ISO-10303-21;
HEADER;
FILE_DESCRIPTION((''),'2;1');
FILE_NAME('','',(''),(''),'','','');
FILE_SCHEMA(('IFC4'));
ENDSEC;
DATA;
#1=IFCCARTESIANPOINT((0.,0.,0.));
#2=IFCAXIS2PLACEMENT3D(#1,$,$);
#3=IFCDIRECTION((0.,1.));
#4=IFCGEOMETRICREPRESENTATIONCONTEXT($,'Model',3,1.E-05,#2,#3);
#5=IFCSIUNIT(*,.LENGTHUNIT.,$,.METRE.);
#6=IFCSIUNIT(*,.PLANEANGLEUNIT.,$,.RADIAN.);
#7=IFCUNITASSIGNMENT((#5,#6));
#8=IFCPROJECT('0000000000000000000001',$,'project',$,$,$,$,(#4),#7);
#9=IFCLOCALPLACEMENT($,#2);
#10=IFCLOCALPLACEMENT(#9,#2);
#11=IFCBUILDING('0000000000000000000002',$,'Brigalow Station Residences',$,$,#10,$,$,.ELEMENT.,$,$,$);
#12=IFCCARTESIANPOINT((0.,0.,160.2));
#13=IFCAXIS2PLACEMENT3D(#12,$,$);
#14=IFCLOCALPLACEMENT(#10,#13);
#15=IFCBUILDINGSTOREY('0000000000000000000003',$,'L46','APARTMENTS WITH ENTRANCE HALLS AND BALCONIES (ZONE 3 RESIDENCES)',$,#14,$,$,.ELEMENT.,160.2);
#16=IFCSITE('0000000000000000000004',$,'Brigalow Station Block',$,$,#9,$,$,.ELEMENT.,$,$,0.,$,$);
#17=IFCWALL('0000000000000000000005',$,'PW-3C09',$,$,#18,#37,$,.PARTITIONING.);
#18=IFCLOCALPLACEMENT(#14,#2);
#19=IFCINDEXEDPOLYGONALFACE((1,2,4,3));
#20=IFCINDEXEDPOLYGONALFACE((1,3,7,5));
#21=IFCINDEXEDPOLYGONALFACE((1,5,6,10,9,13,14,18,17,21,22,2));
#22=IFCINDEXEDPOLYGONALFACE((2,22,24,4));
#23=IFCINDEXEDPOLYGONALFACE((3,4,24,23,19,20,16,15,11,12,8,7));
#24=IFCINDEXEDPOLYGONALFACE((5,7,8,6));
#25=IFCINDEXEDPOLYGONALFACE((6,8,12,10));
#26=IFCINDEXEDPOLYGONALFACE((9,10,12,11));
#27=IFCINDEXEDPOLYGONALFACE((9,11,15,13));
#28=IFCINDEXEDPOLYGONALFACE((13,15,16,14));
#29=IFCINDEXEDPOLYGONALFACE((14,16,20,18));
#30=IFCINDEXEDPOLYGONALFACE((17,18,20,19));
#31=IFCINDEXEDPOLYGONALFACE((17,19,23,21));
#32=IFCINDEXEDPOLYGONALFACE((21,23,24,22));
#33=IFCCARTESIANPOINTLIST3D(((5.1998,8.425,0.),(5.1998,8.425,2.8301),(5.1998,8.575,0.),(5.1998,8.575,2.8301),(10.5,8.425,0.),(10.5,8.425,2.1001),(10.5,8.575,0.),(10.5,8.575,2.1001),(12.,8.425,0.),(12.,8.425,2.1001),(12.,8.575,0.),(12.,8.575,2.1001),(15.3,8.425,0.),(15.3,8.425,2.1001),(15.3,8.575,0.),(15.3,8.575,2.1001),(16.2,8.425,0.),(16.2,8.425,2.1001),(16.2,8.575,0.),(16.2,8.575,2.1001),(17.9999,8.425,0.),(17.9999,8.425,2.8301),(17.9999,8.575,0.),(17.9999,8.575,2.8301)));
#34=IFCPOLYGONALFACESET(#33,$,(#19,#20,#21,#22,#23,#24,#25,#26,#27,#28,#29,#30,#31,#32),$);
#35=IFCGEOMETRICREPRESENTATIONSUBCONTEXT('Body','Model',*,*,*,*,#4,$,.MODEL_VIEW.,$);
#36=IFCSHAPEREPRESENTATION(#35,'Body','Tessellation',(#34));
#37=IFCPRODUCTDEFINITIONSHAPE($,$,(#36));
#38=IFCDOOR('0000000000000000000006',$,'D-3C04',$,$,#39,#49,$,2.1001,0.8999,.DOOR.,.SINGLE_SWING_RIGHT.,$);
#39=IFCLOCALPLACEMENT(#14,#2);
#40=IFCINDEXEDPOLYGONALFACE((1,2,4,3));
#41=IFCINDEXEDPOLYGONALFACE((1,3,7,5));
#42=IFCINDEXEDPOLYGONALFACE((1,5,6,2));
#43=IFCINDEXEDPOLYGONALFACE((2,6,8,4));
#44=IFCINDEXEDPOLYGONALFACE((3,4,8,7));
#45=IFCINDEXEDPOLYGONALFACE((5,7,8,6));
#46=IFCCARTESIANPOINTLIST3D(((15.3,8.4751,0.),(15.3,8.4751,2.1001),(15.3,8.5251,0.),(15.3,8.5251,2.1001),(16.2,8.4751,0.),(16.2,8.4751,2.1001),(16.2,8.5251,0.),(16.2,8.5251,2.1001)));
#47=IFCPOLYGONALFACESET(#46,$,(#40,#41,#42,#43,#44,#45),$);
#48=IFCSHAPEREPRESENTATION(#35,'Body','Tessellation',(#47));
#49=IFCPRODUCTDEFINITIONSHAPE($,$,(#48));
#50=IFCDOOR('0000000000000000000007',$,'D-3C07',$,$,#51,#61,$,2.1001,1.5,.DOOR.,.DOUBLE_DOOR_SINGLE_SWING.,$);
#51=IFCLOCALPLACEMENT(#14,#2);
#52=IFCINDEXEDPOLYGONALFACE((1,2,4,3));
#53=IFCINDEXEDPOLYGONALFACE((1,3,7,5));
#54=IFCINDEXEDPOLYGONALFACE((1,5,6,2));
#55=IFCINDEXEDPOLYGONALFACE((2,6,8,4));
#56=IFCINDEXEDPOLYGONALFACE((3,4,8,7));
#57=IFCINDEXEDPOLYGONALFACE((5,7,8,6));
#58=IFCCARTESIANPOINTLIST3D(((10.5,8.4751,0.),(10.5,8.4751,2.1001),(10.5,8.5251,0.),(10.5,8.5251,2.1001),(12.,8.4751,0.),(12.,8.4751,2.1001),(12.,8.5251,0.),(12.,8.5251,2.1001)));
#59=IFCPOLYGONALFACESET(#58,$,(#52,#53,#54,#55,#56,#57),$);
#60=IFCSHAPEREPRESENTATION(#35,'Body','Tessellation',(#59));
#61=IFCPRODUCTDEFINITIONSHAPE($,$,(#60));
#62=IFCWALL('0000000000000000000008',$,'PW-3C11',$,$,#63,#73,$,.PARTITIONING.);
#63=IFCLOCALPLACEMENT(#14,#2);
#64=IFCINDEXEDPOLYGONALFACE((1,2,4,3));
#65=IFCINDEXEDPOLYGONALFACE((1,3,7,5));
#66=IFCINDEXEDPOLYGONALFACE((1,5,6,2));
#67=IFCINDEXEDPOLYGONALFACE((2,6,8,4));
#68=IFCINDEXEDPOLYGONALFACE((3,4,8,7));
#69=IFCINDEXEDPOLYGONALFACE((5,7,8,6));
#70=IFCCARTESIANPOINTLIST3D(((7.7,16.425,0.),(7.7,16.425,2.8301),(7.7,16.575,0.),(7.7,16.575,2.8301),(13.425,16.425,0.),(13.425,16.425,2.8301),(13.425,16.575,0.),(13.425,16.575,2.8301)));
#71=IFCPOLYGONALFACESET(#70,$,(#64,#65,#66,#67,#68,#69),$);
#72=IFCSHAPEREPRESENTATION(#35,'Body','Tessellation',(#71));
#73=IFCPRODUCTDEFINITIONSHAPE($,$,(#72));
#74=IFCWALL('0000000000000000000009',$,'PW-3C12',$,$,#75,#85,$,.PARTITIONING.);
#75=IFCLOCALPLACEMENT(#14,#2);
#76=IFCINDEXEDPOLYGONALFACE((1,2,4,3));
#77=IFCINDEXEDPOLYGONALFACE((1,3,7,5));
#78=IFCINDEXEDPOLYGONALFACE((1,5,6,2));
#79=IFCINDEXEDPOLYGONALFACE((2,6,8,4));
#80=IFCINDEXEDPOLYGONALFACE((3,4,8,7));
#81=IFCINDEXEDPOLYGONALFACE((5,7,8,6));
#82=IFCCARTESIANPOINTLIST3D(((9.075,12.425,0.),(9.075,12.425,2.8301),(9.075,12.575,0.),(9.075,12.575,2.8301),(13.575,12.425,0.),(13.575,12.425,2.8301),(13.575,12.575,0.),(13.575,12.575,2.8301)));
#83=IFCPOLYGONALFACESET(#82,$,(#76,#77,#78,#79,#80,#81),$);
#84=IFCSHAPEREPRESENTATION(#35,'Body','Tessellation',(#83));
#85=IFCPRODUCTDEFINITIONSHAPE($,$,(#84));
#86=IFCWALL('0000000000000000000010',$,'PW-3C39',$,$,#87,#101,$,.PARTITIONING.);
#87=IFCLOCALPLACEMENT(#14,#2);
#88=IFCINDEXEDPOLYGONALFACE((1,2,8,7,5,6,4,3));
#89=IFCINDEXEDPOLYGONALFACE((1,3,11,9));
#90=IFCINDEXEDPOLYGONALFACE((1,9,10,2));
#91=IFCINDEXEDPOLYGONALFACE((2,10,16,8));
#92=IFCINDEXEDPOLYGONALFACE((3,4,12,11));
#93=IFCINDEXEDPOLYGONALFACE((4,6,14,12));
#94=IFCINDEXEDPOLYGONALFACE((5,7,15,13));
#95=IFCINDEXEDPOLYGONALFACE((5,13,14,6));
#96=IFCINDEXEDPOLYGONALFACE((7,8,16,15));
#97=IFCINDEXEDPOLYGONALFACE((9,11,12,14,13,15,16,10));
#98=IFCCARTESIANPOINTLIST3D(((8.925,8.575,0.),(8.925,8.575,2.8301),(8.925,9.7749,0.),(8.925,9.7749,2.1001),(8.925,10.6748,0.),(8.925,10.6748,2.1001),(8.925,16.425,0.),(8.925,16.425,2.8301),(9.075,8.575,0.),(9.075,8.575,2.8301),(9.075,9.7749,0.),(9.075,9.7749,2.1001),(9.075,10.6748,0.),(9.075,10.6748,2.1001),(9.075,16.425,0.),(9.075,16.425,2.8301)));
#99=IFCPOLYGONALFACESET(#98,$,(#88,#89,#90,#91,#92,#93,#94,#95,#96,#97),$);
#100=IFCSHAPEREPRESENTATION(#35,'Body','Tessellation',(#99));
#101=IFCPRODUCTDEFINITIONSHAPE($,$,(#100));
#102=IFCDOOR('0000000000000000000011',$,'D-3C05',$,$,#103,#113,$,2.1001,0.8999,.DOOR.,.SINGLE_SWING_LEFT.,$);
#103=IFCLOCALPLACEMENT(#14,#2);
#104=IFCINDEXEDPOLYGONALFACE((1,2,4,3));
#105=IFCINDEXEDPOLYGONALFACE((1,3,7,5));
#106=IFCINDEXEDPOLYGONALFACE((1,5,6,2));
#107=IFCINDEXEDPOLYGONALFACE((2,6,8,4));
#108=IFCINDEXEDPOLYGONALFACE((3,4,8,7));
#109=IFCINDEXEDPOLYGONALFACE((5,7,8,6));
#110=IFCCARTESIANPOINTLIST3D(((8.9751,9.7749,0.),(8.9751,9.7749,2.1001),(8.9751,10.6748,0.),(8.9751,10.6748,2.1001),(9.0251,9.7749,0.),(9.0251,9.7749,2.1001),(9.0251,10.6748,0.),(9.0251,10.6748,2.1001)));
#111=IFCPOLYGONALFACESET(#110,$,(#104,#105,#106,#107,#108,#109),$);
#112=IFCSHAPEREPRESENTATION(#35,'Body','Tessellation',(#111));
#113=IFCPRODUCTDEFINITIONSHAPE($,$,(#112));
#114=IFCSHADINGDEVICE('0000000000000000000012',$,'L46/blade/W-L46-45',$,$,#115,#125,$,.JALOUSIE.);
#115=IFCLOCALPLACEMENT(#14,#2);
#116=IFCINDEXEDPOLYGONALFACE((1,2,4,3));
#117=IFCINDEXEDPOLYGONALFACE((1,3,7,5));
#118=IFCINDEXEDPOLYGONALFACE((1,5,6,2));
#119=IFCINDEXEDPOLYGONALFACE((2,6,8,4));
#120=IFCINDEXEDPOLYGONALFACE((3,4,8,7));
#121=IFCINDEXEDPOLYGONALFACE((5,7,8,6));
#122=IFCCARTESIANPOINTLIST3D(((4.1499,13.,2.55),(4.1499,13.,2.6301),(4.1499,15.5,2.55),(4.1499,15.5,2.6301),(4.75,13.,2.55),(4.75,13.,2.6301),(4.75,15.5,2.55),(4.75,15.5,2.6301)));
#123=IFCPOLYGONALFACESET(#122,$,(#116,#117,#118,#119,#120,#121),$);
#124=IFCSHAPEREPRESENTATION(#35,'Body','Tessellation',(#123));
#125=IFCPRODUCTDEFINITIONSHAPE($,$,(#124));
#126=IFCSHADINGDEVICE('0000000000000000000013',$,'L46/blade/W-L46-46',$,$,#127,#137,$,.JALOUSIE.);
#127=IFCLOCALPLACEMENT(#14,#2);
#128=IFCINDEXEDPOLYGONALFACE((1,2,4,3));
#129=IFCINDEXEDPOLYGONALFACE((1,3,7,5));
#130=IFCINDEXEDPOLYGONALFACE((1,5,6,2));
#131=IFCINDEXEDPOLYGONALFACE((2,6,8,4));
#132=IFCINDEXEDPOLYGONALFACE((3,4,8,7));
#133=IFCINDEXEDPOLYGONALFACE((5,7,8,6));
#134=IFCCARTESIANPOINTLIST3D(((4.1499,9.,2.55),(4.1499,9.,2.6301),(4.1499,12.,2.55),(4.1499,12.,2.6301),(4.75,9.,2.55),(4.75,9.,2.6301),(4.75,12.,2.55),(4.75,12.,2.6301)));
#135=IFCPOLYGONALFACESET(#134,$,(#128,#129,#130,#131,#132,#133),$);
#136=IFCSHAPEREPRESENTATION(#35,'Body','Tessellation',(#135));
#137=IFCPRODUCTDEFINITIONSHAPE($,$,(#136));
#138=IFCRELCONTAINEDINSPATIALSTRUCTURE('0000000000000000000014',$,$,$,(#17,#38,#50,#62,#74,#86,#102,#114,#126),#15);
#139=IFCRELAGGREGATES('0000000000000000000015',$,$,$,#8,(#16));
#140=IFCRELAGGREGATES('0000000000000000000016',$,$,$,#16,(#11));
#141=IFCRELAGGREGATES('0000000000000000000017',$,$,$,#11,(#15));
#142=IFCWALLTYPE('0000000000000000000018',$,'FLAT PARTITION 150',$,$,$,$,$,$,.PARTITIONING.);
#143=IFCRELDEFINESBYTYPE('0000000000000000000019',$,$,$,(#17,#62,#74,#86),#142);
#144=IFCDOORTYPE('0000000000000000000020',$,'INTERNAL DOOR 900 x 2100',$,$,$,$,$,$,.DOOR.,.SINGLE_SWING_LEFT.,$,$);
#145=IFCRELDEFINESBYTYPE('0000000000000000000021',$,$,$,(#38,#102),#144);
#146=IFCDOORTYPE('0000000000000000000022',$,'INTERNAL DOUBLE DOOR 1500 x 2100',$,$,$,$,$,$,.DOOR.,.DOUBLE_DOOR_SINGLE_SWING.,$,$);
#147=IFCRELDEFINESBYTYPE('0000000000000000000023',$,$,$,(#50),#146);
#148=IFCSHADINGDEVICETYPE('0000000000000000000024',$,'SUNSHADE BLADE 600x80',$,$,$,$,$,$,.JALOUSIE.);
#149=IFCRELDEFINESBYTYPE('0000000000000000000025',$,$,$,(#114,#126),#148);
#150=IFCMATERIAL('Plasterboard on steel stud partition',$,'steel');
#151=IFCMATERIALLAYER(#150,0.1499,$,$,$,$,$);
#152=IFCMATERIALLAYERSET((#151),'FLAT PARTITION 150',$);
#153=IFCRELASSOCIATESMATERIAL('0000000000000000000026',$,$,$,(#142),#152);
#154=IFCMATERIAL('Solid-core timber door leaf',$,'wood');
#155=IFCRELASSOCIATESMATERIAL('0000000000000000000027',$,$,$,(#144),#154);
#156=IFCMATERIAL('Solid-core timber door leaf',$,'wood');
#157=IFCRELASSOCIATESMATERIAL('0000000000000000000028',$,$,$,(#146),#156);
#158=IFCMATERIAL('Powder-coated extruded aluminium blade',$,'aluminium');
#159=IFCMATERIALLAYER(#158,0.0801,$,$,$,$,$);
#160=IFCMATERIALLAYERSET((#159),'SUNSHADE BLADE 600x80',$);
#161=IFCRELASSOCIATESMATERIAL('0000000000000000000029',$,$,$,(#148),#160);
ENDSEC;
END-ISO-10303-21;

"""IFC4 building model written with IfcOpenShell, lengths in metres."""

from ifc_helpers import new_model, si_unit, direction, frame, frame_2d, origin, origin_2d, place, context, subcontext, project, spatial, rectangle, extrude, material, layer, layer_set, type_object, element, fill, save


model = new_model("IFC4")

# Units and contexts
model_context = context("Model", 3, precision=1e-05, world=origin(), true_north=direction((0.0, 1.0)))
body_context = subcontext(model_context, "Body", "Model", "MODEL_VIEW")
ifc_project = project(units=[si_unit("LENGTHUNIT", "METRE"), si_unit("PLANEANGLEUNIT", "RADIAN")], contexts=[model_context])

# Site, building, storey
site_placement = place(None, origin())
site = spatial("IfcSite", under=ifc_project, at=site_placement, Name="Brigalow Station Block", CompositionType="ELEMENT", RefElevation=0.0)
building_placement = place(site_placement, origin())
building = spatial("IfcBuilding", under=site, at=building_placement, Name="Brigalow Station Residences", CompositionType="ELEMENT")
storey_placement = place(building_placement, frame((0.0, 0.0, 160.2)))
storey = spatial("IfcBuildingStorey", under=building, at=storey_placement, Name="L46", Description="APARTMENTS WITH ENTRANCE HALLS AND BALCONIES (ZONE 3 RESIDENCES)", CompositionType="ELEMENT", Elevation=160.2)

# Wall, openings, doors
ifc_material_1 = material(Name="Plasterboard on steel stud partition", Category="steel")
ifc_layer_1 = layer(ifc_material_1, 0.1499)
ifc_layer_set_1 = layer_set([ifc_layer_1], Name="FLAT PARTITION 150")
wall_type_1 = type_object("IfcWallType", Name="FLAT PARTITION 150", PredefinedType="PARTITIONING", material=ifc_layer_set_1)
wall_1_placement = place(storey_placement, frame((5.2, 8.5, 0.0), z_axis=(0.0, 0.0, 1.0), x_axis=(1.0, 0.0, 0.0)))
wall_1 = element("IfcWall", 1, at=wall_1_placement, inside=storey, type_object=wall_type_1, Name="PW-3C09", PredefinedType="PARTITIONING", context=body_context, shape_type="SweptSolid", body=[
    extrude(rectangle(XDim=12.8, YDim=0.1499, at=frame_2d((6.3999, 0.0))), origin(), (0.0, 0.0, 1.0), 2.8301),
])
opening_1_placement = place(wall_1_placement, frame((10.1001, 0.0, 0.0)))
opening_1 = element("IfcOpeningElement", 2, at=opening_1_placement, cuts=wall_1, PredefinedType="OPENING", context=body_context, shape_type="SweptSolid", body=[
    extrude(rectangle(XDim=0.8999, YDim=2.1001, at=frame_2d((0.45, 1.05))), frame((0.0, 0.085, 0.0), z_axis=(0.0, -1.0, 0.0), x_axis=(1.0, 0.0, 0.0)), (0.0, 0.0, 1.0), 0.1699),
])
opening_2_placement = place(wall_1_placement, frame((5.3, 0.0, 0.0)))
opening_2 = element("IfcOpeningElement", 3, at=opening_2_placement, cuts=wall_1, PredefinedType="OPENING", context=body_context, shape_type="SweptSolid", body=[
    extrude(rectangle(XDim=1.5, YDim=2.1001, at=frame_2d((0.75, 1.05))), frame((0.0, 0.085, 0.0), z_axis=(0.0, -1.0, 0.0), x_axis=(1.0, 0.0, 0.0)), (0.0, 0.0, 1.0), 0.1699),
])
ifc_material_2 = material(Name="Solid-core timber door leaf", Category="wood")
door_type_1 = type_object("IfcDoorType", Name="INTERNAL DOOR 900 x 2100", OperationType="SINGLE_SWING_LEFT", PredefinedType="DOOR", material=ifc_material_2)
door_1_placement = place(opening_1_placement, frame((0.8999, 0.0, 0.0), z_axis=(0.0, 0.0, 1.0), x_axis=(-1.0, 0.0, 0.0)))
door_1 = element("IfcDoor", 4, at=door_1_placement, inside=storey, type_object=door_type_1, Name="D-3C04", OperationType="SINGLE_SWING_RIGHT", OverallHeight=2.1001, OverallWidth=0.8999, PredefinedType="DOOR", context=body_context, shape_type="SweptSolid", body=[
    extrude(rectangle(XDim=0.8999, YDim=2.1001, at=frame_2d((0.45, 1.05))), frame((0.0, 0.0249, 0.0), z_axis=(0.0, -1.0, 0.0), x_axis=(1.0, 0.0, 0.0)), (0.0, 0.0, 1.0), 0.05),
])
fill(opening_1, door_1)
ifc_material_3 = material(Name="Solid-core timber door leaf", Category="wood")
door_type_2 = type_object("IfcDoorType", Name="INTERNAL DOUBLE DOOR 1500 x 2100", OperationType="DOUBLE_DOOR_SINGLE_SWING", PredefinedType="DOOR", material=ifc_material_3)
door_2_placement = place(opening_2_placement, frame((1.5, 0.0, 0.0), z_axis=(0.0, 0.0, 1.0), x_axis=(-1.0, 0.0, 0.0)))
door_2 = element("IfcDoor", 5, at=door_2_placement, inside=storey, type_object=door_type_2, Name="D-3C07", OperationType="DOUBLE_DOOR_SINGLE_SWING", OverallHeight=2.1001, OverallWidth=1.5, PredefinedType="DOOR", context=body_context, shape_type="SweptSolid", body=[
    extrude(rectangle(XDim=1.5, YDim=2.1001, at=frame_2d((0.75, 1.05))), frame((0.0, 0.0249, 0.0), z_axis=(0.0, -1.0, 0.0), x_axis=(1.0, 0.0, 0.0)), (0.0, 0.0, 1.0), 0.05),
])
fill(opening_2, door_2)

# Walls
wall_2_placement = place(storey_placement, frame((7.7, 16.5, 0.0), z_axis=(0.0, 0.0, 1.0), x_axis=(1.0, 0.0, 0.0)))
element("IfcWall", 6, at=wall_2_placement, inside=storey, type_object=wall_type_1, Name="PW-3C11", PredefinedType="PARTITIONING", context=body_context, shape_type="SweptSolid", body=[
    extrude(rectangle(XDim=5.7251, YDim=0.1499, at=frame_2d((2.8625, 0.0))), origin(), (0.0, 0.0, 1.0), 2.8301),
])
wall_3_placement = place(storey_placement, frame((9.075, 12.5, 0.0), z_axis=(0.0, 0.0, 1.0), x_axis=(1.0, 0.0, 0.0)))
element("IfcWall", 7, at=wall_3_placement, inside=storey, type_object=wall_type_1, Name="PW-3C12", PredefinedType="PARTITIONING", context=body_context, shape_type="SweptSolid", body=[
    extrude(rectangle(XDim=4.5, YDim=0.1499, at=frame_2d((2.25, 0.0))), origin(), (0.0, 0.0, 1.0), 2.8301),
])

# Wall, opening, door
wall_4_placement = place(storey_placement, frame((9.0, 8.575, 0.0), z_axis=(0.0, 0.0, 1.0), x_axis=(0.0, 1.0, 0.0)))
wall_4 = element("IfcWall", 8, at=wall_4_placement, inside=storey, type_object=wall_type_1, Name="PW-3C39", PredefinedType="PARTITIONING", context=body_context, shape_type="SweptSolid", body=[
    extrude(rectangle(XDim=7.8501, YDim=0.1499, at=frame_2d((3.925, 0.0))), origin(), (0.0, 0.0, 1.0), 2.8301),
])
opening_3_placement = place(wall_4_placement, frame((1.2, 0.0, 0.0)))
opening_3 = element("IfcOpeningElement", 9, at=opening_3_placement, cuts=wall_4, PredefinedType="OPENING", context=body_context, shape_type="SweptSolid", body=[
    extrude(rectangle(XDim=0.8999, YDim=2.1001, at=frame_2d((0.45, 1.05))), frame((0.0, 0.085, 0.0), z_axis=(0.0, -1.0, 0.0), x_axis=(1.0, 0.0, 0.0)), (0.0, 0.0, 1.0), 0.1699),
])
door_3_placement = place(opening_3_placement, origin())
door_3 = element("IfcDoor", 10, at=door_3_placement, inside=storey, type_object=door_type_1, Name="D-3C05", OperationType="SINGLE_SWING_LEFT", OverallHeight=2.1001, OverallWidth=0.8999, PredefinedType="DOOR", context=body_context, shape_type="SweptSolid", body=[
    extrude(rectangle(XDim=0.8999, YDim=2.1001, at=frame_2d((0.45, 1.05))), frame((0.0, 0.0249, 0.0), z_axis=(0.0, -1.0, 0.0), x_axis=(1.0, 0.0, 0.0)), (0.0, 0.0, 1.0), 0.05),
])
fill(opening_3, door_3)

# Shading devices
ifc_material_4 = material(Name="Powder-coated extruded aluminium blade", Category="aluminium")
ifc_layer_2 = layer(ifc_material_4, 0.0801)
ifc_layer_set_2 = layer_set([ifc_layer_2], Name="SUNSHADE BLADE 600x80")
shading_device_type = type_object("IfcShadingDeviceType", Name="SUNSHADE BLADE 600x80", PredefinedType="JALOUSIE", material=ifc_layer_set_2)
shading_device_1_placement = place(storey_placement, frame((4.45, 14.25, 2.55), z_axis=(0.0, 0.0, 1.0), x_axis=(0.0, -1.0, 0.0)))
element("IfcShadingDevice", 11, at=shading_device_1_placement, inside=storey, type_object=shading_device_type, Name="L46/blade/W-L46-45", PredefinedType="JALOUSIE", context=body_context, shape_type="SweptSolid", body=[
    extrude(rectangle(XDim=2.5, YDim=0.6001, at=origin_2d()), origin(), (0.0, 0.0, 1.0), 0.0801),
])
shading_device_2_placement = place(storey_placement, frame((4.45, 10.5, 2.55), z_axis=(0.0, 0.0, 1.0), x_axis=(0.0, -1.0, 0.0)))
element("IfcShadingDevice", 12, at=shading_device_2_placement, inside=storey, type_object=shading_device_type, Name="L46/blade/W-L46-46", PredefinedType="JALOUSIE", context=body_context, shape_type="SweptSolid", body=[
    extrude(rectangle(XDim=3.0, YDim=0.6001, at=origin_2d()), origin(), (0.0, 0.0, 1.0), 0.0801),
])

save(model, "model.ifc")
